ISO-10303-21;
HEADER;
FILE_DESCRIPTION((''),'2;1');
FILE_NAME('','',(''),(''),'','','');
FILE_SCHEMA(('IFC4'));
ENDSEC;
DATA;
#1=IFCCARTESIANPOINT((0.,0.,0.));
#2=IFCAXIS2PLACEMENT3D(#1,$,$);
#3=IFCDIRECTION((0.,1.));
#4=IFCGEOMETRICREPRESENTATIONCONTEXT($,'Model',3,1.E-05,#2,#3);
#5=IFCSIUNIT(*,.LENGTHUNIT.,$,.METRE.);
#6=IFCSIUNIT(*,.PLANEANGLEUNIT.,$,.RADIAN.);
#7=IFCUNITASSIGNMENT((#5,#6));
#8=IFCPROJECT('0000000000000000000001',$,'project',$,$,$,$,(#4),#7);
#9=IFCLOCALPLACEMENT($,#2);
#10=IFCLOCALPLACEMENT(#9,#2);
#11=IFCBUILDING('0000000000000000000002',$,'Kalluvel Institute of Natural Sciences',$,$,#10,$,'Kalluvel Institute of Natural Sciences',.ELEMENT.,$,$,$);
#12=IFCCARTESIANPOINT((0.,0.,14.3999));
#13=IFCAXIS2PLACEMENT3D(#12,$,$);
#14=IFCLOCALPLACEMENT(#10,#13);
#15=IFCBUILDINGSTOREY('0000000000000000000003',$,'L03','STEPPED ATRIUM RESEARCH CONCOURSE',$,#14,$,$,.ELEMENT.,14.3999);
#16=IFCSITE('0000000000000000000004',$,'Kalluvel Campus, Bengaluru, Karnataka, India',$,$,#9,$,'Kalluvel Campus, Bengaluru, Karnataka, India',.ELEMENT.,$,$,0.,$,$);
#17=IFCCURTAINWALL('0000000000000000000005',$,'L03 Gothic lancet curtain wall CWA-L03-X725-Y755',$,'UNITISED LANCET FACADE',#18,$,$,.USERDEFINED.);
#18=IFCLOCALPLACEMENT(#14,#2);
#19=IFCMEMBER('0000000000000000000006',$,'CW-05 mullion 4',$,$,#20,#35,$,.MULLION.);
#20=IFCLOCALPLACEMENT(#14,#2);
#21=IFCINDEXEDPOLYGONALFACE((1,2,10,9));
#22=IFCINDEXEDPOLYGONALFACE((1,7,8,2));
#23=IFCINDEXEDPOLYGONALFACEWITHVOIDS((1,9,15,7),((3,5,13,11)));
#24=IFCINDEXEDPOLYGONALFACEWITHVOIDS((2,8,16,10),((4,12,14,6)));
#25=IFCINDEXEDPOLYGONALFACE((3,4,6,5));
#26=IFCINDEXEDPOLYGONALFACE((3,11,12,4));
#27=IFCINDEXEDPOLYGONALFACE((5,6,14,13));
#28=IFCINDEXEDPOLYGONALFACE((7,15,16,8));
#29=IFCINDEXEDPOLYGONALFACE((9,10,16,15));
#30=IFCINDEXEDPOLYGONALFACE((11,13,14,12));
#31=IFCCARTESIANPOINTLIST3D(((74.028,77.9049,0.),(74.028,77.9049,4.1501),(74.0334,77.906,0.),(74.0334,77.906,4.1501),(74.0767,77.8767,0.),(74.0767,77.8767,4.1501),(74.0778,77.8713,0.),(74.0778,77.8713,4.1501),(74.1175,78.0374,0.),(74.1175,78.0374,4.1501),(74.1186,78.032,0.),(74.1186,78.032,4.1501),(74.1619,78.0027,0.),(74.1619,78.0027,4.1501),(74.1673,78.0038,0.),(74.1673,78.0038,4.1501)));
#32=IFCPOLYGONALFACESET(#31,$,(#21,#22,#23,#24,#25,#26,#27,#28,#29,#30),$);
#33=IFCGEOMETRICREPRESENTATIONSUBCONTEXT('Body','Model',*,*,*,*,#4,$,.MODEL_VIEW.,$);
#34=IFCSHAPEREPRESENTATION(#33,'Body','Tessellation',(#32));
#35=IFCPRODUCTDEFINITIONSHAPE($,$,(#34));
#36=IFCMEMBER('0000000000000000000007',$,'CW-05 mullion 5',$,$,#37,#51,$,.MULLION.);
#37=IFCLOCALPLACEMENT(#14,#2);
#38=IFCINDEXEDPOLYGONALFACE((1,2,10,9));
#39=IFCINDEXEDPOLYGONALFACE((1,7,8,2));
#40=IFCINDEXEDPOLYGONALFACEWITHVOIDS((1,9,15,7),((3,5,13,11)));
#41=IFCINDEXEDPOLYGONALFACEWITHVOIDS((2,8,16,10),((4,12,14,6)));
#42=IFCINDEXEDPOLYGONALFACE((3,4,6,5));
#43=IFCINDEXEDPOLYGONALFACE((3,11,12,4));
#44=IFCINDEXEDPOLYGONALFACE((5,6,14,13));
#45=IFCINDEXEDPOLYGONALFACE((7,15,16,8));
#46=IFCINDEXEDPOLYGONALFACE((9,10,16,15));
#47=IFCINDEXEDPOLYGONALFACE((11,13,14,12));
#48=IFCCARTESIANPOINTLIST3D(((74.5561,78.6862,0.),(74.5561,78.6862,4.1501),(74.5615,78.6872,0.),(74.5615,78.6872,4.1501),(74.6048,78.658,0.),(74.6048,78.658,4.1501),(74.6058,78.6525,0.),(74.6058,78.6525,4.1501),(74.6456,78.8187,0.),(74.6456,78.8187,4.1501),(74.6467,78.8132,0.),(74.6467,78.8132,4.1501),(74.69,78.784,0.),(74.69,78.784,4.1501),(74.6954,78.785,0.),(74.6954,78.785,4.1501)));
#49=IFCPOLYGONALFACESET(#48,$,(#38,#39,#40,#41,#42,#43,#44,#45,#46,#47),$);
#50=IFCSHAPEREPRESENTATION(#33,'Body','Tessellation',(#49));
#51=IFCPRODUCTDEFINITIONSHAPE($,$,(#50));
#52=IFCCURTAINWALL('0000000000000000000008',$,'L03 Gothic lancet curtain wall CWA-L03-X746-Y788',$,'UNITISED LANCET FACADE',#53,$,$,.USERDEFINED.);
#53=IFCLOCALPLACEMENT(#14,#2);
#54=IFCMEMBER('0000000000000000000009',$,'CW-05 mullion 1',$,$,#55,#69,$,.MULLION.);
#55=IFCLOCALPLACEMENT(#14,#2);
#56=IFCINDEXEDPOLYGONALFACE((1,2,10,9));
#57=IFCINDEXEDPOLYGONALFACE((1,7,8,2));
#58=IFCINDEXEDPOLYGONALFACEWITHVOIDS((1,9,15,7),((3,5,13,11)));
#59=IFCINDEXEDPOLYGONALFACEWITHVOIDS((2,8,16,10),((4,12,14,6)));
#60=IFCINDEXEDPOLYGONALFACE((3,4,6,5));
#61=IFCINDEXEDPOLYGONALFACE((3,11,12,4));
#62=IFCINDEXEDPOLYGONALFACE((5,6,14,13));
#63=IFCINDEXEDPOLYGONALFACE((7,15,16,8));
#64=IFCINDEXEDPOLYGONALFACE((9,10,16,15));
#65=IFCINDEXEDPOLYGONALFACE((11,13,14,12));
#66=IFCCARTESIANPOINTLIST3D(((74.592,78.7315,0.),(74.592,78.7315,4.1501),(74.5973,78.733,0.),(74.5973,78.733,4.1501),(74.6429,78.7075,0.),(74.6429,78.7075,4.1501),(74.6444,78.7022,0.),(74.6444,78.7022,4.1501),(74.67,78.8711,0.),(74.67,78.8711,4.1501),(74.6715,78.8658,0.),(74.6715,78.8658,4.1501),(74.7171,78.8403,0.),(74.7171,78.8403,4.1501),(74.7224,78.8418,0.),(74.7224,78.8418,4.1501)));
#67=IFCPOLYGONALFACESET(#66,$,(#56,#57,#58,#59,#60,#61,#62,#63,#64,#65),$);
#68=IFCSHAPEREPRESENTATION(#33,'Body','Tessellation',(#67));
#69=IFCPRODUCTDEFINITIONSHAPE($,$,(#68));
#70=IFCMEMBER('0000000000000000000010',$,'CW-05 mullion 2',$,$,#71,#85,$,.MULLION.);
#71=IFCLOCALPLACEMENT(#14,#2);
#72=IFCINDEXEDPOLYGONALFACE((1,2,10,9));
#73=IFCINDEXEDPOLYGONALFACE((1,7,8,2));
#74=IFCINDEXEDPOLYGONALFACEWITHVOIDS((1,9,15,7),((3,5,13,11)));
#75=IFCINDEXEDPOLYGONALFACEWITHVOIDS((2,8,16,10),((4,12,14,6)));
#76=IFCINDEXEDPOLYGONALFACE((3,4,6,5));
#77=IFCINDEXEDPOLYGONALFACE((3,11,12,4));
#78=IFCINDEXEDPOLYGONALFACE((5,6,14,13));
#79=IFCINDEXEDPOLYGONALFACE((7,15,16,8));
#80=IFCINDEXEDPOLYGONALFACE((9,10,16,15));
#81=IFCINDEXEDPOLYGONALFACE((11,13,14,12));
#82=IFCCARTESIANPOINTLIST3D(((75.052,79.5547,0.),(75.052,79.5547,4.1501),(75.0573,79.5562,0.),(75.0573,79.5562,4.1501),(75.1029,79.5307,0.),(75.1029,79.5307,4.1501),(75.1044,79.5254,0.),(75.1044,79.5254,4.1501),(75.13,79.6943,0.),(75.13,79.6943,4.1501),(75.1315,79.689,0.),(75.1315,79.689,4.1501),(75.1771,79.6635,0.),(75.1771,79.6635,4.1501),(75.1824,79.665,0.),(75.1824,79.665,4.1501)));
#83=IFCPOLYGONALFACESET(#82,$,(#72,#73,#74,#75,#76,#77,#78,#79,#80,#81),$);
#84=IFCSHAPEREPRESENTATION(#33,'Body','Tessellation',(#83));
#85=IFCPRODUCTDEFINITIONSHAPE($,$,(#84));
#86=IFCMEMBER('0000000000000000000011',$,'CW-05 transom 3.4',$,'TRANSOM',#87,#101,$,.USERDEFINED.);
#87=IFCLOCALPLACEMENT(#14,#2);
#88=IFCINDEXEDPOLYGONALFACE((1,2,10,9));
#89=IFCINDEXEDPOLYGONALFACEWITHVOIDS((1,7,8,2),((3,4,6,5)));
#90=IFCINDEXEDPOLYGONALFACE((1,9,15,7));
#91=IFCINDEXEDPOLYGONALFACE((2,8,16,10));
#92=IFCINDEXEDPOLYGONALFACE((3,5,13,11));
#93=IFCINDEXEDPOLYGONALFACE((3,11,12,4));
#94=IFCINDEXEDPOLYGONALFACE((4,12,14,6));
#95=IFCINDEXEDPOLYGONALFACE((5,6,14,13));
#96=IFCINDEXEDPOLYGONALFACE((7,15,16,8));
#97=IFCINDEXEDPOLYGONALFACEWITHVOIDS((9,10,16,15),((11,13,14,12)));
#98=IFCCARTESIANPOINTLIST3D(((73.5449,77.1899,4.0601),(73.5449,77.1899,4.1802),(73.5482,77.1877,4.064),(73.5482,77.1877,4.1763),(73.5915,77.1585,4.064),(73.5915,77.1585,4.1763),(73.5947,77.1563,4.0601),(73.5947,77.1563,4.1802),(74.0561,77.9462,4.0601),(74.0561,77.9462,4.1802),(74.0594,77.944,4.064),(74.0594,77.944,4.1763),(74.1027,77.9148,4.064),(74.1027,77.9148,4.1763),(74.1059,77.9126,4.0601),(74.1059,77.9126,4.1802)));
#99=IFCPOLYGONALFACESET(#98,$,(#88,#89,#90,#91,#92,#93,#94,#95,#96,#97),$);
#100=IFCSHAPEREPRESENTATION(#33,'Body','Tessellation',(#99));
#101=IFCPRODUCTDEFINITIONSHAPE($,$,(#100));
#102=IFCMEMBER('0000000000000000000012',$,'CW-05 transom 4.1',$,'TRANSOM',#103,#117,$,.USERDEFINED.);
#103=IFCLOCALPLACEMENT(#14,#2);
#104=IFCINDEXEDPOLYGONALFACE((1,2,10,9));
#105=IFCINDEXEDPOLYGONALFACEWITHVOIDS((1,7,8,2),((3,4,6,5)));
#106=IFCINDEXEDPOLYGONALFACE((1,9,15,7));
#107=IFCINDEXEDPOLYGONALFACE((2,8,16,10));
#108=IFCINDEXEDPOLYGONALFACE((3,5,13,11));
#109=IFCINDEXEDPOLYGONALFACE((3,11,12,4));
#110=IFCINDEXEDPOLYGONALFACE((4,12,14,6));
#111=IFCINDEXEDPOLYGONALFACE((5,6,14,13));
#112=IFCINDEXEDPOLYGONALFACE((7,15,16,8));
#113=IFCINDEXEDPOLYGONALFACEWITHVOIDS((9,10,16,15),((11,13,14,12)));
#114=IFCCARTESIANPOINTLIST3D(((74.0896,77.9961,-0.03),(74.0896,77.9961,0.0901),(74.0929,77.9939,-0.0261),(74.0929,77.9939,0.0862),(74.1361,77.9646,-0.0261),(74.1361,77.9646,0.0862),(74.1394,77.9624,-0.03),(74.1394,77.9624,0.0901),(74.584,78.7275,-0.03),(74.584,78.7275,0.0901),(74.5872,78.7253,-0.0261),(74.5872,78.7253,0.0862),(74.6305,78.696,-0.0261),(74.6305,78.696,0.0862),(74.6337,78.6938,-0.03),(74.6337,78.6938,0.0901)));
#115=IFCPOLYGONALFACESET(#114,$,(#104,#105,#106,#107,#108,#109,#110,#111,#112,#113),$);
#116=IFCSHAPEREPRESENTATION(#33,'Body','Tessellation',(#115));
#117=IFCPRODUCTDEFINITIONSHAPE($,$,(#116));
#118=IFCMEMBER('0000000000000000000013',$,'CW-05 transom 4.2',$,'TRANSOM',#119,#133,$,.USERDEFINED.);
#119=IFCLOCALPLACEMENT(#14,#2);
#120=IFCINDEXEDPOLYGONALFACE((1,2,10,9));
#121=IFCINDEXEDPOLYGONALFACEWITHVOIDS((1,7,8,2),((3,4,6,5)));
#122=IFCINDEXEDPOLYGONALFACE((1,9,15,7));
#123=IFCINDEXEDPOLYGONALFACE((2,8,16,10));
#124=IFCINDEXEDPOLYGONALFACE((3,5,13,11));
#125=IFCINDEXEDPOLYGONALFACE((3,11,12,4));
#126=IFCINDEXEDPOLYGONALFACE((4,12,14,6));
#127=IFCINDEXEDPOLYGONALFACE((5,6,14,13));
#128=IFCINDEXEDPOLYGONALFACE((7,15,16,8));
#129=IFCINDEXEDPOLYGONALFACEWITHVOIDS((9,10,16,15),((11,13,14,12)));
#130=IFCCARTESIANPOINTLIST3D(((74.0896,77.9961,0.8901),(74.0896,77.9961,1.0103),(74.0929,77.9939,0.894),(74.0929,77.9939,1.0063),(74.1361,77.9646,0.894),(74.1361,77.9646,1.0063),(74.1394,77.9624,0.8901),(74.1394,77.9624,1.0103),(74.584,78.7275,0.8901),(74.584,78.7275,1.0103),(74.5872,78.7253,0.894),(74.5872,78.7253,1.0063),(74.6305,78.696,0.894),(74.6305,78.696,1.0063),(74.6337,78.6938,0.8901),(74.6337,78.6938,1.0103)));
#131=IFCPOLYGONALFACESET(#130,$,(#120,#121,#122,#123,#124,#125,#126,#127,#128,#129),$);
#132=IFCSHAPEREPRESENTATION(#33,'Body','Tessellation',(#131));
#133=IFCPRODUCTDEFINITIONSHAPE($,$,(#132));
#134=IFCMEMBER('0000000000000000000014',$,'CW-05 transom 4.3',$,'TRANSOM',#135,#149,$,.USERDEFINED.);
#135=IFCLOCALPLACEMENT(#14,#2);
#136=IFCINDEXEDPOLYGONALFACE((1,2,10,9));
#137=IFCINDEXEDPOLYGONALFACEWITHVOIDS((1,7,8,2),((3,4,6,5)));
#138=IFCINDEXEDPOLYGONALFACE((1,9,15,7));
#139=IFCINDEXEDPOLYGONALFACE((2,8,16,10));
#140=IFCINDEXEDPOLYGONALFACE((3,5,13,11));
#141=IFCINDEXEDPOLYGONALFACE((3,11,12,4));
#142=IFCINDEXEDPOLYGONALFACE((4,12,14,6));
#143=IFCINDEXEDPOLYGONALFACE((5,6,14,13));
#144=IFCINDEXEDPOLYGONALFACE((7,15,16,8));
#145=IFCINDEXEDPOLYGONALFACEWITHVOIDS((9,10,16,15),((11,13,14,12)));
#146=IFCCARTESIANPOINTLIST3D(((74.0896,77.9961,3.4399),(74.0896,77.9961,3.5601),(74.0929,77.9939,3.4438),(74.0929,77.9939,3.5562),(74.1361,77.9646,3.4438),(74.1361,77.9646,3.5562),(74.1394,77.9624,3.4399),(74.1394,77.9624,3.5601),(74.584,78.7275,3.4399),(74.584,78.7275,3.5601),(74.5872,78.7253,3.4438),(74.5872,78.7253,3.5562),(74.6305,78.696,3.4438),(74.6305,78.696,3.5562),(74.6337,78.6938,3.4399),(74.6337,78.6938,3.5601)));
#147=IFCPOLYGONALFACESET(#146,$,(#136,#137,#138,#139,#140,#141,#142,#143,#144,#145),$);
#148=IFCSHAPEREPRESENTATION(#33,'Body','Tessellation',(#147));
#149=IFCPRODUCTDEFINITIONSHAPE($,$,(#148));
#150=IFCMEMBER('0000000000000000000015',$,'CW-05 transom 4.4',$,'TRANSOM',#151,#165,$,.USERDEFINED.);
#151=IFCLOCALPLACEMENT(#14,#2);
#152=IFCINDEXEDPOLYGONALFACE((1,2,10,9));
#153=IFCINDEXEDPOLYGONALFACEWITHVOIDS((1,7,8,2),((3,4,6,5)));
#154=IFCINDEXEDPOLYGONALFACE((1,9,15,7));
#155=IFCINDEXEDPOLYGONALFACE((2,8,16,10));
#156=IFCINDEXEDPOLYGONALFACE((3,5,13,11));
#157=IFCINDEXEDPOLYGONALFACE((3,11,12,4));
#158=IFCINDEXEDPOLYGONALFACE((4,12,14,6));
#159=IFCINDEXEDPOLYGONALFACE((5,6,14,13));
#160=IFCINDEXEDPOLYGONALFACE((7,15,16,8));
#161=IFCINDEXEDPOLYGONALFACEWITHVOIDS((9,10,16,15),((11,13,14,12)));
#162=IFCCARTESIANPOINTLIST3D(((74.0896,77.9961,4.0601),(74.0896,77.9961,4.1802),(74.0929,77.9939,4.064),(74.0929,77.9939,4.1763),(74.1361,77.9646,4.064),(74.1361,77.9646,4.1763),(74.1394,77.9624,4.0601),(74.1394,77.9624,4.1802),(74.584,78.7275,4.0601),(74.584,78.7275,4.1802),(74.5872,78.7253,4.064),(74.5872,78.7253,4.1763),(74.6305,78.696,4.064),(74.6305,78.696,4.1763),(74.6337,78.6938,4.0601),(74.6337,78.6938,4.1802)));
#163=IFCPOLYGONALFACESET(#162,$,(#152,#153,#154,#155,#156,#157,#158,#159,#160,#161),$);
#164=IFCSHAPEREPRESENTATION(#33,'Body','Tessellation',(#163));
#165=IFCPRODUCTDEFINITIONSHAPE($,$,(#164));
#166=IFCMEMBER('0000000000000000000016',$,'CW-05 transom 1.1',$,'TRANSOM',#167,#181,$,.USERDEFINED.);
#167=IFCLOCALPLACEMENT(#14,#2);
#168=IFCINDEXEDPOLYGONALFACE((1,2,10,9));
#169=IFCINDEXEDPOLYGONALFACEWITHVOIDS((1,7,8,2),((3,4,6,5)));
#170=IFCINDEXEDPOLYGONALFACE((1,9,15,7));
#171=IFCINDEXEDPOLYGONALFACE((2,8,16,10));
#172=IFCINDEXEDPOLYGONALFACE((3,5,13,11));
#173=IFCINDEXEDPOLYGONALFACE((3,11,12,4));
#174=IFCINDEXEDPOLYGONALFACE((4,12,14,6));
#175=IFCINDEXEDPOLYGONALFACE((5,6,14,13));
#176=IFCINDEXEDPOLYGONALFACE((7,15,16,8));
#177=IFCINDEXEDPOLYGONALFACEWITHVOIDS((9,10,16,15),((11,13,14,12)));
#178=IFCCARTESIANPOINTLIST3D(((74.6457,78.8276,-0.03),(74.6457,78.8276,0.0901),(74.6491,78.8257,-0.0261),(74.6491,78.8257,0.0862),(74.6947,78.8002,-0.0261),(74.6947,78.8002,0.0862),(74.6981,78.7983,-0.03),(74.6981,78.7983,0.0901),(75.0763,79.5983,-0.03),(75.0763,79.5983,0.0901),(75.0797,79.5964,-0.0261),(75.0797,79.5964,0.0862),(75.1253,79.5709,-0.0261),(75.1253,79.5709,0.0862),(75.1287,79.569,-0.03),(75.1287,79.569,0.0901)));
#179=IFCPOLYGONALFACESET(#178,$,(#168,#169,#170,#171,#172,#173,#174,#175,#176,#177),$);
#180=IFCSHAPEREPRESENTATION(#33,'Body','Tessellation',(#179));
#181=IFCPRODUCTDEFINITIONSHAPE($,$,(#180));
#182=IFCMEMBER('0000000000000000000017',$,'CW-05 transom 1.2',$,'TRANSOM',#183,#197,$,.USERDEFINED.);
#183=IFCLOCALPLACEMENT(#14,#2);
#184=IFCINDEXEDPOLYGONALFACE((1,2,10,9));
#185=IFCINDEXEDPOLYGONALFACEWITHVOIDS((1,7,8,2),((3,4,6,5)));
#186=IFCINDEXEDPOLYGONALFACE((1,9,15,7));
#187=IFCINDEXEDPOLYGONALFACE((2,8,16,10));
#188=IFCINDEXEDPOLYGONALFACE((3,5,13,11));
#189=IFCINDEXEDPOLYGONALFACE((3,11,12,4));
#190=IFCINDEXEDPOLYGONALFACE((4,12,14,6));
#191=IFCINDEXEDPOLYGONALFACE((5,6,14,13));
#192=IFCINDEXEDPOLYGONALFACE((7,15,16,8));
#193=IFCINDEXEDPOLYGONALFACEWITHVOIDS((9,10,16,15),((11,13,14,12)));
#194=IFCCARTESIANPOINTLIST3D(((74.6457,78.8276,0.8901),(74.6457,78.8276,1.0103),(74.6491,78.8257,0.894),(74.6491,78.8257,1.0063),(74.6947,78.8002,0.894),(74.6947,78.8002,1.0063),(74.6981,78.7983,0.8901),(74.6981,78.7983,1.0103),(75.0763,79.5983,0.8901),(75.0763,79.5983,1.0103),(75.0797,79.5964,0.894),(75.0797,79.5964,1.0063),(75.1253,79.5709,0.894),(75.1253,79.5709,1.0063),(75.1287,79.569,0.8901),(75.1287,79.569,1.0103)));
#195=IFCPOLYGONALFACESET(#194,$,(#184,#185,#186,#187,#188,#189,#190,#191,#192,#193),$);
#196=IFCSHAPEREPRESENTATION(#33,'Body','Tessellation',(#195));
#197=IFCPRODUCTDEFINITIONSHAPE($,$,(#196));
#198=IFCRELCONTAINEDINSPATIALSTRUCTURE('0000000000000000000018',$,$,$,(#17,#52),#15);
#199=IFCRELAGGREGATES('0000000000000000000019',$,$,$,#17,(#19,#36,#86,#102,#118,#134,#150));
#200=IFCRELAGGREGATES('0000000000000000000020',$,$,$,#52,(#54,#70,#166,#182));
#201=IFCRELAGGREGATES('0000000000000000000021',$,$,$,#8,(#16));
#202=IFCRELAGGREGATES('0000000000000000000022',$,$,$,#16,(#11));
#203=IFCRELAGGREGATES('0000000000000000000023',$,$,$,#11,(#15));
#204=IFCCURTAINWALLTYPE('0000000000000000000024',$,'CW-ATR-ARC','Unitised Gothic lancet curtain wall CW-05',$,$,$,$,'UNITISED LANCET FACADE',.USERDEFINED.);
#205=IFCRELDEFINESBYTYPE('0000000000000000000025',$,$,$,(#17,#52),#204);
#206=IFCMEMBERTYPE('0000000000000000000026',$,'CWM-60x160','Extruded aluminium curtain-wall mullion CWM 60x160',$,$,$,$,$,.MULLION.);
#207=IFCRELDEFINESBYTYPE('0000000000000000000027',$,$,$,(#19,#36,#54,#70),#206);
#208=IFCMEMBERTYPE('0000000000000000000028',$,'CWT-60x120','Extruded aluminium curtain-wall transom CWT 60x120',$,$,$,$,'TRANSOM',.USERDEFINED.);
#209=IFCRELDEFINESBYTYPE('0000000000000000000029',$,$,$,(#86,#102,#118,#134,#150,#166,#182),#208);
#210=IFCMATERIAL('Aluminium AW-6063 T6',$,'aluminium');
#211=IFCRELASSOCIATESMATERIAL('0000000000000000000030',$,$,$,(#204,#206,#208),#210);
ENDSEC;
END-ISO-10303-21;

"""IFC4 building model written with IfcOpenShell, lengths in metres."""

from ifc_helpers import new_model, si_unit, direction, frame, origin, origin_2d, place, context, subcontext, project, spatial, hollow_rectangle, extrude, material, material_profile, profile_set, type_object, element, aggregate, save


model = new_model("IFC4")

# Units and contexts
model_context = context("Model", 3, precision=1e-05, world=origin(), true_north=direction((0.0, 1.0)))
body_context = subcontext(model_context, "Body", "Model", "MODEL_VIEW")
ifc_project = project(units=[si_unit("LENGTHUNIT", "METRE"), si_unit("PLANEANGLEUNIT", "RADIAN")], contexts=[model_context])

# Site, building, storey
site_placement = place(None, origin())
site = spatial("IfcSite", under=ifc_project, at=site_placement, Name="Kalluvel Campus, Bengaluru, Karnataka, India", LongName="Kalluvel Campus, Bengaluru, Karnataka, India", CompositionType="ELEMENT", RefElevation=0.0)
building_placement = place(site_placement, origin())
building = spatial("IfcBuilding", under=site, at=building_placement, Name="Kalluvel Institute of Natural Sciences", LongName="Kalluvel Institute of Natural Sciences", CompositionType="ELEMENT")
storey_placement = place(building_placement, frame((0.0, 0.0, 14.3999)))
storey = spatial("IfcBuildingStorey", under=building, at=storey_placement, Name="L03", Description="STEPPED ATRIUM RESEARCH CONCOURSE", CompositionType="ELEMENT", Elevation=14.3999)

# Curtain walls, members
ifc_material_1 = material(Name="Aluminium AW-6063 T6", Category="aluminium")
curtain_wall_type = type_object("IfcCurtainWallType", Name="CW-ATR-ARC", Description="Unitised Gothic lancet curtain wall CW-05", ElementType="UNITISED LANCET FACADE", PredefinedType="USERDEFINED", material=ifc_material_1)
curtain_wall_1_placement = place(storey_placement, origin())
curtain_wall_1 = element("IfcCurtainWall", 1, at=curtain_wall_1_placement, inside=storey, type_object=curtain_wall_type, Name="L03 Gothic lancet curtain wall CWA-L03-X725-Y755", ObjectType="UNITISED LANCET FACADE", PredefinedType="USERDEFINED")
ifc_material_profile_1 = material_profile(ifc_material_1, hollow_rectangle(XDim=0.0601, YDim=0.1599, WallThickness=0.0039, at=origin_2d()), Name="CWM 60x160")
ifc_profile_set_1 = profile_set([ifc_material_profile_1], Name="Aluminium AW-6063 T6")
member_type_1 = type_object("IfcMemberType", Name="CWM-60x160", Description="Extruded aluminium curtain-wall mullion CWM 60x160", PredefinedType="MULLION", material=ifc_profile_set_1)
member_1_placement = place(storey_placement, frame((74.0977, 77.9543, 0.0), z_axis=(0.0, 0.0, 1.0), x_axis=(-0.828511, 0.559972, 0.0)))
member_1 = element("IfcMember", 2, at=member_1_placement, type_object=member_type_1, Name="CW-05 mullion 4", PredefinedType="MULLION", context=body_context, shape_type="SweptSolid", body=[
    extrude(hollow_rectangle(XDim=0.0601, YDim=0.1599, WallThickness=0.0039, at=origin_2d()), origin(), (0.0, 0.0, 1.0), 4.1501),
])
member_2_placement = place(storey_placement, frame((74.6257, 78.7356, 0.0), z_axis=(0.0, 0.0, 1.0), x_axis=(-0.828511, 0.559972, 0.0)))
member_2 = element("IfcMember", 3, at=member_2_placement, type_object=member_type_1, Name="CW-05 mullion 5", PredefinedType="MULLION", context=body_context, shape_type="SweptSolid", body=[
    extrude(hollow_rectangle(XDim=0.0601, YDim=0.1599, WallThickness=0.0039, at=origin_2d()), origin(), (0.0, 0.0, 1.0), 4.1501),
])
curtain_wall_2_placement = place(storey_placement, origin())
curtain_wall_2 = element("IfcCurtainWall", 4, at=curtain_wall_2_placement, inside=storey, type_object=curtain_wall_type, Name="L03 Gothic lancet curtain wall CWA-L03-X746-Y788", ObjectType="UNITISED LANCET FACADE", PredefinedType="USERDEFINED")
member_3_placement = place(storey_placement, frame((74.6572, 78.7866, 0.0), z_axis=(0.0, 0.0, 1.0), x_axis=(-0.873011, 0.487701, 0.0)))
member_3 = element("IfcMember", 5, at=member_3_placement, type_object=member_type_1, Name="CW-05 mullion 1", PredefinedType="MULLION", context=body_context, shape_type="SweptSolid", body=[
    extrude(hollow_rectangle(XDim=0.0601, YDim=0.1599, WallThickness=0.0039, at=origin_2d()), origin(), (0.0, 0.0, 1.0), 4.1501),
])
member_4_placement = place(storey_placement, frame((75.1172, 79.6099, 0.0), z_axis=(0.0, 0.0, 1.0), x_axis=(-0.873011, 0.487701, 0.0)))
member_4 = element("IfcMember", 6, at=member_4_placement, type_object=member_type_1, Name="CW-05 mullion 2", PredefinedType="MULLION", context=body_context, shape_type="SweptSolid", body=[
    extrude(hollow_rectangle(XDim=0.0601, YDim=0.1599, WallThickness=0.0039, at=origin_2d()), origin(), (0.0, 0.0, 1.0), 4.1501),
])

# Members
ifc_material_profile_2 = material_profile(ifc_material_1, hollow_rectangle(XDim=0.0601, YDim=0.1201, WallThickness=0.0039, at=origin_2d()), Name="CWT 60x120")
ifc_profile_set_2 = profile_set([ifc_material_profile_2], Name="Aluminium AW-6063 T6")
member_type_2 = type_object("IfcMemberType", Name="CWT-60x120", Description="Extruded aluminium curtain-wall transom CWT 60x120", ElementType="TRANSOM", PredefinedType="USERDEFINED", material=ifc_profile_set_2)
member_5_placement = place(storey_placement, frame((73.5698, 77.1731, 4.1201), z_axis=(0.559996, 0.828495, 0.0), x_axis=(-0.828495, 0.559996, 0.0)))
member_5 = element("IfcMember", 7, at=member_5_placement, type_object=member_type_2, Name="CW-05 transom 3.4", ObjectType="TRANSOM", PredefinedType="USERDEFINED", context=body_context, shape_type="SweptSolid", body=[
    extrude(hollow_rectangle(XDim=0.0601, YDim=0.1201, WallThickness=0.0039, at=origin_2d()), origin(), (0.0, 0.0, 1.0), 0.9128),
])
member_6_placement = place(storey_placement, frame((74.1145, 77.9792, 0.03), z_axis=(0.559986, 0.828502, 0.0), x_axis=(-0.828502, 0.559986, 0.0)))
member_6 = element("IfcMember", 8, at=member_6_placement, type_object=member_type_2, Name="CW-05 transom 4.1", ObjectType="TRANSOM", PredefinedType="USERDEFINED", context=body_context, shape_type="SweptSolid", body=[
    extrude(hollow_rectangle(XDim=0.0601, YDim=0.1201, WallThickness=0.0039, at=origin_2d()), origin(), (0.0, 0.0, 1.0), 0.8828),
])
member_7_placement = place(storey_placement, frame((74.1145, 77.9792, 0.9502), z_axis=(0.559986, 0.828502, 0.0), x_axis=(-0.828502, 0.559986, 0.0)))
member_7 = element("IfcMember", 9, at=member_7_placement, type_object=member_type_2, Name="CW-05 transom 4.2", ObjectType="TRANSOM", PredefinedType="USERDEFINED", context=body_context, shape_type="SweptSolid", body=[
    extrude(hollow_rectangle(XDim=0.0601, YDim=0.1201, WallThickness=0.0039, at=origin_2d()), origin(), (0.0, 0.0, 1.0), 0.8828),
])
member_8_placement = place(storey_placement, frame((74.1145, 77.9792, 3.5), z_axis=(0.559986, 0.828502, 0.0), x_axis=(-0.828502, 0.559986, 0.0)))
member_8 = element("IfcMember", 10, at=member_8_placement, type_object=member_type_2, Name="CW-05 transom 4.3", ObjectType="TRANSOM", PredefinedType="USERDEFINED", context=body_context, shape_type="SweptSolid", body=[
    extrude(hollow_rectangle(XDim=0.0601, YDim=0.1201, WallThickness=0.0039, at=origin_2d()), origin(), (0.0, 0.0, 1.0), 0.8828),
])
member_9_placement = place(storey_placement, frame((74.1145, 77.9792, 4.1201), z_axis=(0.559986, 0.828502, 0.0), x_axis=(-0.828502, 0.559986, 0.0)))
member_9 = element("IfcMember", 11, at=member_9_placement, type_object=member_type_2, Name="CW-05 transom 4.4", ObjectType="TRANSOM", PredefinedType="USERDEFINED", context=body_context, shape_type="SweptSolid", body=[
    extrude(hollow_rectangle(XDim=0.0601, YDim=0.1201, WallThickness=0.0039, at=origin_2d()), origin(), (0.0, 0.0, 1.0), 0.8828),
])
member_10_placement = place(storey_placement, frame((74.6719, 78.813, 0.03), z_axis=(0.487778, 0.872968, 0.0), x_axis=(-0.872968, 0.487778, 0.0)))
member_10 = element("IfcMember", 12, at=member_10_placement, type_object=member_type_2, Name="CW-05 transom 1.1", ObjectType="TRANSOM", PredefinedType="USERDEFINED", context=body_context, shape_type="SweptSolid", body=[
    extrude(hollow_rectangle(XDim=0.0601, YDim=0.1201, WallThickness=0.0039, at=origin_2d()), origin(), (0.0, 0.0, 1.0), 0.8828),
])
member_11_placement = place(storey_placement, frame((74.6719, 78.813, 0.9502), z_axis=(0.487778, 0.872968, 0.0), x_axis=(-0.872968, 0.487778, 0.0)))
member_11 = element("IfcMember", 13, at=member_11_placement, type_object=member_type_2, Name="CW-05 transom 1.2", ObjectType="TRANSOM", PredefinedType="USERDEFINED", context=body_context, shape_type="SweptSolid", body=[
    extrude(hollow_rectangle(XDim=0.0601, YDim=0.1201, WallThickness=0.0039, at=origin_2d()), origin(), (0.0, 0.0, 1.0), 0.8828),
])

aggregate(curtain_wall_1, [member_1, member_2, member_5, member_6, member_7, member_8, member_9])
aggregate(curtain_wall_2, [member_3, member_4, member_10, member_11])

save(model, "model.ifc")
